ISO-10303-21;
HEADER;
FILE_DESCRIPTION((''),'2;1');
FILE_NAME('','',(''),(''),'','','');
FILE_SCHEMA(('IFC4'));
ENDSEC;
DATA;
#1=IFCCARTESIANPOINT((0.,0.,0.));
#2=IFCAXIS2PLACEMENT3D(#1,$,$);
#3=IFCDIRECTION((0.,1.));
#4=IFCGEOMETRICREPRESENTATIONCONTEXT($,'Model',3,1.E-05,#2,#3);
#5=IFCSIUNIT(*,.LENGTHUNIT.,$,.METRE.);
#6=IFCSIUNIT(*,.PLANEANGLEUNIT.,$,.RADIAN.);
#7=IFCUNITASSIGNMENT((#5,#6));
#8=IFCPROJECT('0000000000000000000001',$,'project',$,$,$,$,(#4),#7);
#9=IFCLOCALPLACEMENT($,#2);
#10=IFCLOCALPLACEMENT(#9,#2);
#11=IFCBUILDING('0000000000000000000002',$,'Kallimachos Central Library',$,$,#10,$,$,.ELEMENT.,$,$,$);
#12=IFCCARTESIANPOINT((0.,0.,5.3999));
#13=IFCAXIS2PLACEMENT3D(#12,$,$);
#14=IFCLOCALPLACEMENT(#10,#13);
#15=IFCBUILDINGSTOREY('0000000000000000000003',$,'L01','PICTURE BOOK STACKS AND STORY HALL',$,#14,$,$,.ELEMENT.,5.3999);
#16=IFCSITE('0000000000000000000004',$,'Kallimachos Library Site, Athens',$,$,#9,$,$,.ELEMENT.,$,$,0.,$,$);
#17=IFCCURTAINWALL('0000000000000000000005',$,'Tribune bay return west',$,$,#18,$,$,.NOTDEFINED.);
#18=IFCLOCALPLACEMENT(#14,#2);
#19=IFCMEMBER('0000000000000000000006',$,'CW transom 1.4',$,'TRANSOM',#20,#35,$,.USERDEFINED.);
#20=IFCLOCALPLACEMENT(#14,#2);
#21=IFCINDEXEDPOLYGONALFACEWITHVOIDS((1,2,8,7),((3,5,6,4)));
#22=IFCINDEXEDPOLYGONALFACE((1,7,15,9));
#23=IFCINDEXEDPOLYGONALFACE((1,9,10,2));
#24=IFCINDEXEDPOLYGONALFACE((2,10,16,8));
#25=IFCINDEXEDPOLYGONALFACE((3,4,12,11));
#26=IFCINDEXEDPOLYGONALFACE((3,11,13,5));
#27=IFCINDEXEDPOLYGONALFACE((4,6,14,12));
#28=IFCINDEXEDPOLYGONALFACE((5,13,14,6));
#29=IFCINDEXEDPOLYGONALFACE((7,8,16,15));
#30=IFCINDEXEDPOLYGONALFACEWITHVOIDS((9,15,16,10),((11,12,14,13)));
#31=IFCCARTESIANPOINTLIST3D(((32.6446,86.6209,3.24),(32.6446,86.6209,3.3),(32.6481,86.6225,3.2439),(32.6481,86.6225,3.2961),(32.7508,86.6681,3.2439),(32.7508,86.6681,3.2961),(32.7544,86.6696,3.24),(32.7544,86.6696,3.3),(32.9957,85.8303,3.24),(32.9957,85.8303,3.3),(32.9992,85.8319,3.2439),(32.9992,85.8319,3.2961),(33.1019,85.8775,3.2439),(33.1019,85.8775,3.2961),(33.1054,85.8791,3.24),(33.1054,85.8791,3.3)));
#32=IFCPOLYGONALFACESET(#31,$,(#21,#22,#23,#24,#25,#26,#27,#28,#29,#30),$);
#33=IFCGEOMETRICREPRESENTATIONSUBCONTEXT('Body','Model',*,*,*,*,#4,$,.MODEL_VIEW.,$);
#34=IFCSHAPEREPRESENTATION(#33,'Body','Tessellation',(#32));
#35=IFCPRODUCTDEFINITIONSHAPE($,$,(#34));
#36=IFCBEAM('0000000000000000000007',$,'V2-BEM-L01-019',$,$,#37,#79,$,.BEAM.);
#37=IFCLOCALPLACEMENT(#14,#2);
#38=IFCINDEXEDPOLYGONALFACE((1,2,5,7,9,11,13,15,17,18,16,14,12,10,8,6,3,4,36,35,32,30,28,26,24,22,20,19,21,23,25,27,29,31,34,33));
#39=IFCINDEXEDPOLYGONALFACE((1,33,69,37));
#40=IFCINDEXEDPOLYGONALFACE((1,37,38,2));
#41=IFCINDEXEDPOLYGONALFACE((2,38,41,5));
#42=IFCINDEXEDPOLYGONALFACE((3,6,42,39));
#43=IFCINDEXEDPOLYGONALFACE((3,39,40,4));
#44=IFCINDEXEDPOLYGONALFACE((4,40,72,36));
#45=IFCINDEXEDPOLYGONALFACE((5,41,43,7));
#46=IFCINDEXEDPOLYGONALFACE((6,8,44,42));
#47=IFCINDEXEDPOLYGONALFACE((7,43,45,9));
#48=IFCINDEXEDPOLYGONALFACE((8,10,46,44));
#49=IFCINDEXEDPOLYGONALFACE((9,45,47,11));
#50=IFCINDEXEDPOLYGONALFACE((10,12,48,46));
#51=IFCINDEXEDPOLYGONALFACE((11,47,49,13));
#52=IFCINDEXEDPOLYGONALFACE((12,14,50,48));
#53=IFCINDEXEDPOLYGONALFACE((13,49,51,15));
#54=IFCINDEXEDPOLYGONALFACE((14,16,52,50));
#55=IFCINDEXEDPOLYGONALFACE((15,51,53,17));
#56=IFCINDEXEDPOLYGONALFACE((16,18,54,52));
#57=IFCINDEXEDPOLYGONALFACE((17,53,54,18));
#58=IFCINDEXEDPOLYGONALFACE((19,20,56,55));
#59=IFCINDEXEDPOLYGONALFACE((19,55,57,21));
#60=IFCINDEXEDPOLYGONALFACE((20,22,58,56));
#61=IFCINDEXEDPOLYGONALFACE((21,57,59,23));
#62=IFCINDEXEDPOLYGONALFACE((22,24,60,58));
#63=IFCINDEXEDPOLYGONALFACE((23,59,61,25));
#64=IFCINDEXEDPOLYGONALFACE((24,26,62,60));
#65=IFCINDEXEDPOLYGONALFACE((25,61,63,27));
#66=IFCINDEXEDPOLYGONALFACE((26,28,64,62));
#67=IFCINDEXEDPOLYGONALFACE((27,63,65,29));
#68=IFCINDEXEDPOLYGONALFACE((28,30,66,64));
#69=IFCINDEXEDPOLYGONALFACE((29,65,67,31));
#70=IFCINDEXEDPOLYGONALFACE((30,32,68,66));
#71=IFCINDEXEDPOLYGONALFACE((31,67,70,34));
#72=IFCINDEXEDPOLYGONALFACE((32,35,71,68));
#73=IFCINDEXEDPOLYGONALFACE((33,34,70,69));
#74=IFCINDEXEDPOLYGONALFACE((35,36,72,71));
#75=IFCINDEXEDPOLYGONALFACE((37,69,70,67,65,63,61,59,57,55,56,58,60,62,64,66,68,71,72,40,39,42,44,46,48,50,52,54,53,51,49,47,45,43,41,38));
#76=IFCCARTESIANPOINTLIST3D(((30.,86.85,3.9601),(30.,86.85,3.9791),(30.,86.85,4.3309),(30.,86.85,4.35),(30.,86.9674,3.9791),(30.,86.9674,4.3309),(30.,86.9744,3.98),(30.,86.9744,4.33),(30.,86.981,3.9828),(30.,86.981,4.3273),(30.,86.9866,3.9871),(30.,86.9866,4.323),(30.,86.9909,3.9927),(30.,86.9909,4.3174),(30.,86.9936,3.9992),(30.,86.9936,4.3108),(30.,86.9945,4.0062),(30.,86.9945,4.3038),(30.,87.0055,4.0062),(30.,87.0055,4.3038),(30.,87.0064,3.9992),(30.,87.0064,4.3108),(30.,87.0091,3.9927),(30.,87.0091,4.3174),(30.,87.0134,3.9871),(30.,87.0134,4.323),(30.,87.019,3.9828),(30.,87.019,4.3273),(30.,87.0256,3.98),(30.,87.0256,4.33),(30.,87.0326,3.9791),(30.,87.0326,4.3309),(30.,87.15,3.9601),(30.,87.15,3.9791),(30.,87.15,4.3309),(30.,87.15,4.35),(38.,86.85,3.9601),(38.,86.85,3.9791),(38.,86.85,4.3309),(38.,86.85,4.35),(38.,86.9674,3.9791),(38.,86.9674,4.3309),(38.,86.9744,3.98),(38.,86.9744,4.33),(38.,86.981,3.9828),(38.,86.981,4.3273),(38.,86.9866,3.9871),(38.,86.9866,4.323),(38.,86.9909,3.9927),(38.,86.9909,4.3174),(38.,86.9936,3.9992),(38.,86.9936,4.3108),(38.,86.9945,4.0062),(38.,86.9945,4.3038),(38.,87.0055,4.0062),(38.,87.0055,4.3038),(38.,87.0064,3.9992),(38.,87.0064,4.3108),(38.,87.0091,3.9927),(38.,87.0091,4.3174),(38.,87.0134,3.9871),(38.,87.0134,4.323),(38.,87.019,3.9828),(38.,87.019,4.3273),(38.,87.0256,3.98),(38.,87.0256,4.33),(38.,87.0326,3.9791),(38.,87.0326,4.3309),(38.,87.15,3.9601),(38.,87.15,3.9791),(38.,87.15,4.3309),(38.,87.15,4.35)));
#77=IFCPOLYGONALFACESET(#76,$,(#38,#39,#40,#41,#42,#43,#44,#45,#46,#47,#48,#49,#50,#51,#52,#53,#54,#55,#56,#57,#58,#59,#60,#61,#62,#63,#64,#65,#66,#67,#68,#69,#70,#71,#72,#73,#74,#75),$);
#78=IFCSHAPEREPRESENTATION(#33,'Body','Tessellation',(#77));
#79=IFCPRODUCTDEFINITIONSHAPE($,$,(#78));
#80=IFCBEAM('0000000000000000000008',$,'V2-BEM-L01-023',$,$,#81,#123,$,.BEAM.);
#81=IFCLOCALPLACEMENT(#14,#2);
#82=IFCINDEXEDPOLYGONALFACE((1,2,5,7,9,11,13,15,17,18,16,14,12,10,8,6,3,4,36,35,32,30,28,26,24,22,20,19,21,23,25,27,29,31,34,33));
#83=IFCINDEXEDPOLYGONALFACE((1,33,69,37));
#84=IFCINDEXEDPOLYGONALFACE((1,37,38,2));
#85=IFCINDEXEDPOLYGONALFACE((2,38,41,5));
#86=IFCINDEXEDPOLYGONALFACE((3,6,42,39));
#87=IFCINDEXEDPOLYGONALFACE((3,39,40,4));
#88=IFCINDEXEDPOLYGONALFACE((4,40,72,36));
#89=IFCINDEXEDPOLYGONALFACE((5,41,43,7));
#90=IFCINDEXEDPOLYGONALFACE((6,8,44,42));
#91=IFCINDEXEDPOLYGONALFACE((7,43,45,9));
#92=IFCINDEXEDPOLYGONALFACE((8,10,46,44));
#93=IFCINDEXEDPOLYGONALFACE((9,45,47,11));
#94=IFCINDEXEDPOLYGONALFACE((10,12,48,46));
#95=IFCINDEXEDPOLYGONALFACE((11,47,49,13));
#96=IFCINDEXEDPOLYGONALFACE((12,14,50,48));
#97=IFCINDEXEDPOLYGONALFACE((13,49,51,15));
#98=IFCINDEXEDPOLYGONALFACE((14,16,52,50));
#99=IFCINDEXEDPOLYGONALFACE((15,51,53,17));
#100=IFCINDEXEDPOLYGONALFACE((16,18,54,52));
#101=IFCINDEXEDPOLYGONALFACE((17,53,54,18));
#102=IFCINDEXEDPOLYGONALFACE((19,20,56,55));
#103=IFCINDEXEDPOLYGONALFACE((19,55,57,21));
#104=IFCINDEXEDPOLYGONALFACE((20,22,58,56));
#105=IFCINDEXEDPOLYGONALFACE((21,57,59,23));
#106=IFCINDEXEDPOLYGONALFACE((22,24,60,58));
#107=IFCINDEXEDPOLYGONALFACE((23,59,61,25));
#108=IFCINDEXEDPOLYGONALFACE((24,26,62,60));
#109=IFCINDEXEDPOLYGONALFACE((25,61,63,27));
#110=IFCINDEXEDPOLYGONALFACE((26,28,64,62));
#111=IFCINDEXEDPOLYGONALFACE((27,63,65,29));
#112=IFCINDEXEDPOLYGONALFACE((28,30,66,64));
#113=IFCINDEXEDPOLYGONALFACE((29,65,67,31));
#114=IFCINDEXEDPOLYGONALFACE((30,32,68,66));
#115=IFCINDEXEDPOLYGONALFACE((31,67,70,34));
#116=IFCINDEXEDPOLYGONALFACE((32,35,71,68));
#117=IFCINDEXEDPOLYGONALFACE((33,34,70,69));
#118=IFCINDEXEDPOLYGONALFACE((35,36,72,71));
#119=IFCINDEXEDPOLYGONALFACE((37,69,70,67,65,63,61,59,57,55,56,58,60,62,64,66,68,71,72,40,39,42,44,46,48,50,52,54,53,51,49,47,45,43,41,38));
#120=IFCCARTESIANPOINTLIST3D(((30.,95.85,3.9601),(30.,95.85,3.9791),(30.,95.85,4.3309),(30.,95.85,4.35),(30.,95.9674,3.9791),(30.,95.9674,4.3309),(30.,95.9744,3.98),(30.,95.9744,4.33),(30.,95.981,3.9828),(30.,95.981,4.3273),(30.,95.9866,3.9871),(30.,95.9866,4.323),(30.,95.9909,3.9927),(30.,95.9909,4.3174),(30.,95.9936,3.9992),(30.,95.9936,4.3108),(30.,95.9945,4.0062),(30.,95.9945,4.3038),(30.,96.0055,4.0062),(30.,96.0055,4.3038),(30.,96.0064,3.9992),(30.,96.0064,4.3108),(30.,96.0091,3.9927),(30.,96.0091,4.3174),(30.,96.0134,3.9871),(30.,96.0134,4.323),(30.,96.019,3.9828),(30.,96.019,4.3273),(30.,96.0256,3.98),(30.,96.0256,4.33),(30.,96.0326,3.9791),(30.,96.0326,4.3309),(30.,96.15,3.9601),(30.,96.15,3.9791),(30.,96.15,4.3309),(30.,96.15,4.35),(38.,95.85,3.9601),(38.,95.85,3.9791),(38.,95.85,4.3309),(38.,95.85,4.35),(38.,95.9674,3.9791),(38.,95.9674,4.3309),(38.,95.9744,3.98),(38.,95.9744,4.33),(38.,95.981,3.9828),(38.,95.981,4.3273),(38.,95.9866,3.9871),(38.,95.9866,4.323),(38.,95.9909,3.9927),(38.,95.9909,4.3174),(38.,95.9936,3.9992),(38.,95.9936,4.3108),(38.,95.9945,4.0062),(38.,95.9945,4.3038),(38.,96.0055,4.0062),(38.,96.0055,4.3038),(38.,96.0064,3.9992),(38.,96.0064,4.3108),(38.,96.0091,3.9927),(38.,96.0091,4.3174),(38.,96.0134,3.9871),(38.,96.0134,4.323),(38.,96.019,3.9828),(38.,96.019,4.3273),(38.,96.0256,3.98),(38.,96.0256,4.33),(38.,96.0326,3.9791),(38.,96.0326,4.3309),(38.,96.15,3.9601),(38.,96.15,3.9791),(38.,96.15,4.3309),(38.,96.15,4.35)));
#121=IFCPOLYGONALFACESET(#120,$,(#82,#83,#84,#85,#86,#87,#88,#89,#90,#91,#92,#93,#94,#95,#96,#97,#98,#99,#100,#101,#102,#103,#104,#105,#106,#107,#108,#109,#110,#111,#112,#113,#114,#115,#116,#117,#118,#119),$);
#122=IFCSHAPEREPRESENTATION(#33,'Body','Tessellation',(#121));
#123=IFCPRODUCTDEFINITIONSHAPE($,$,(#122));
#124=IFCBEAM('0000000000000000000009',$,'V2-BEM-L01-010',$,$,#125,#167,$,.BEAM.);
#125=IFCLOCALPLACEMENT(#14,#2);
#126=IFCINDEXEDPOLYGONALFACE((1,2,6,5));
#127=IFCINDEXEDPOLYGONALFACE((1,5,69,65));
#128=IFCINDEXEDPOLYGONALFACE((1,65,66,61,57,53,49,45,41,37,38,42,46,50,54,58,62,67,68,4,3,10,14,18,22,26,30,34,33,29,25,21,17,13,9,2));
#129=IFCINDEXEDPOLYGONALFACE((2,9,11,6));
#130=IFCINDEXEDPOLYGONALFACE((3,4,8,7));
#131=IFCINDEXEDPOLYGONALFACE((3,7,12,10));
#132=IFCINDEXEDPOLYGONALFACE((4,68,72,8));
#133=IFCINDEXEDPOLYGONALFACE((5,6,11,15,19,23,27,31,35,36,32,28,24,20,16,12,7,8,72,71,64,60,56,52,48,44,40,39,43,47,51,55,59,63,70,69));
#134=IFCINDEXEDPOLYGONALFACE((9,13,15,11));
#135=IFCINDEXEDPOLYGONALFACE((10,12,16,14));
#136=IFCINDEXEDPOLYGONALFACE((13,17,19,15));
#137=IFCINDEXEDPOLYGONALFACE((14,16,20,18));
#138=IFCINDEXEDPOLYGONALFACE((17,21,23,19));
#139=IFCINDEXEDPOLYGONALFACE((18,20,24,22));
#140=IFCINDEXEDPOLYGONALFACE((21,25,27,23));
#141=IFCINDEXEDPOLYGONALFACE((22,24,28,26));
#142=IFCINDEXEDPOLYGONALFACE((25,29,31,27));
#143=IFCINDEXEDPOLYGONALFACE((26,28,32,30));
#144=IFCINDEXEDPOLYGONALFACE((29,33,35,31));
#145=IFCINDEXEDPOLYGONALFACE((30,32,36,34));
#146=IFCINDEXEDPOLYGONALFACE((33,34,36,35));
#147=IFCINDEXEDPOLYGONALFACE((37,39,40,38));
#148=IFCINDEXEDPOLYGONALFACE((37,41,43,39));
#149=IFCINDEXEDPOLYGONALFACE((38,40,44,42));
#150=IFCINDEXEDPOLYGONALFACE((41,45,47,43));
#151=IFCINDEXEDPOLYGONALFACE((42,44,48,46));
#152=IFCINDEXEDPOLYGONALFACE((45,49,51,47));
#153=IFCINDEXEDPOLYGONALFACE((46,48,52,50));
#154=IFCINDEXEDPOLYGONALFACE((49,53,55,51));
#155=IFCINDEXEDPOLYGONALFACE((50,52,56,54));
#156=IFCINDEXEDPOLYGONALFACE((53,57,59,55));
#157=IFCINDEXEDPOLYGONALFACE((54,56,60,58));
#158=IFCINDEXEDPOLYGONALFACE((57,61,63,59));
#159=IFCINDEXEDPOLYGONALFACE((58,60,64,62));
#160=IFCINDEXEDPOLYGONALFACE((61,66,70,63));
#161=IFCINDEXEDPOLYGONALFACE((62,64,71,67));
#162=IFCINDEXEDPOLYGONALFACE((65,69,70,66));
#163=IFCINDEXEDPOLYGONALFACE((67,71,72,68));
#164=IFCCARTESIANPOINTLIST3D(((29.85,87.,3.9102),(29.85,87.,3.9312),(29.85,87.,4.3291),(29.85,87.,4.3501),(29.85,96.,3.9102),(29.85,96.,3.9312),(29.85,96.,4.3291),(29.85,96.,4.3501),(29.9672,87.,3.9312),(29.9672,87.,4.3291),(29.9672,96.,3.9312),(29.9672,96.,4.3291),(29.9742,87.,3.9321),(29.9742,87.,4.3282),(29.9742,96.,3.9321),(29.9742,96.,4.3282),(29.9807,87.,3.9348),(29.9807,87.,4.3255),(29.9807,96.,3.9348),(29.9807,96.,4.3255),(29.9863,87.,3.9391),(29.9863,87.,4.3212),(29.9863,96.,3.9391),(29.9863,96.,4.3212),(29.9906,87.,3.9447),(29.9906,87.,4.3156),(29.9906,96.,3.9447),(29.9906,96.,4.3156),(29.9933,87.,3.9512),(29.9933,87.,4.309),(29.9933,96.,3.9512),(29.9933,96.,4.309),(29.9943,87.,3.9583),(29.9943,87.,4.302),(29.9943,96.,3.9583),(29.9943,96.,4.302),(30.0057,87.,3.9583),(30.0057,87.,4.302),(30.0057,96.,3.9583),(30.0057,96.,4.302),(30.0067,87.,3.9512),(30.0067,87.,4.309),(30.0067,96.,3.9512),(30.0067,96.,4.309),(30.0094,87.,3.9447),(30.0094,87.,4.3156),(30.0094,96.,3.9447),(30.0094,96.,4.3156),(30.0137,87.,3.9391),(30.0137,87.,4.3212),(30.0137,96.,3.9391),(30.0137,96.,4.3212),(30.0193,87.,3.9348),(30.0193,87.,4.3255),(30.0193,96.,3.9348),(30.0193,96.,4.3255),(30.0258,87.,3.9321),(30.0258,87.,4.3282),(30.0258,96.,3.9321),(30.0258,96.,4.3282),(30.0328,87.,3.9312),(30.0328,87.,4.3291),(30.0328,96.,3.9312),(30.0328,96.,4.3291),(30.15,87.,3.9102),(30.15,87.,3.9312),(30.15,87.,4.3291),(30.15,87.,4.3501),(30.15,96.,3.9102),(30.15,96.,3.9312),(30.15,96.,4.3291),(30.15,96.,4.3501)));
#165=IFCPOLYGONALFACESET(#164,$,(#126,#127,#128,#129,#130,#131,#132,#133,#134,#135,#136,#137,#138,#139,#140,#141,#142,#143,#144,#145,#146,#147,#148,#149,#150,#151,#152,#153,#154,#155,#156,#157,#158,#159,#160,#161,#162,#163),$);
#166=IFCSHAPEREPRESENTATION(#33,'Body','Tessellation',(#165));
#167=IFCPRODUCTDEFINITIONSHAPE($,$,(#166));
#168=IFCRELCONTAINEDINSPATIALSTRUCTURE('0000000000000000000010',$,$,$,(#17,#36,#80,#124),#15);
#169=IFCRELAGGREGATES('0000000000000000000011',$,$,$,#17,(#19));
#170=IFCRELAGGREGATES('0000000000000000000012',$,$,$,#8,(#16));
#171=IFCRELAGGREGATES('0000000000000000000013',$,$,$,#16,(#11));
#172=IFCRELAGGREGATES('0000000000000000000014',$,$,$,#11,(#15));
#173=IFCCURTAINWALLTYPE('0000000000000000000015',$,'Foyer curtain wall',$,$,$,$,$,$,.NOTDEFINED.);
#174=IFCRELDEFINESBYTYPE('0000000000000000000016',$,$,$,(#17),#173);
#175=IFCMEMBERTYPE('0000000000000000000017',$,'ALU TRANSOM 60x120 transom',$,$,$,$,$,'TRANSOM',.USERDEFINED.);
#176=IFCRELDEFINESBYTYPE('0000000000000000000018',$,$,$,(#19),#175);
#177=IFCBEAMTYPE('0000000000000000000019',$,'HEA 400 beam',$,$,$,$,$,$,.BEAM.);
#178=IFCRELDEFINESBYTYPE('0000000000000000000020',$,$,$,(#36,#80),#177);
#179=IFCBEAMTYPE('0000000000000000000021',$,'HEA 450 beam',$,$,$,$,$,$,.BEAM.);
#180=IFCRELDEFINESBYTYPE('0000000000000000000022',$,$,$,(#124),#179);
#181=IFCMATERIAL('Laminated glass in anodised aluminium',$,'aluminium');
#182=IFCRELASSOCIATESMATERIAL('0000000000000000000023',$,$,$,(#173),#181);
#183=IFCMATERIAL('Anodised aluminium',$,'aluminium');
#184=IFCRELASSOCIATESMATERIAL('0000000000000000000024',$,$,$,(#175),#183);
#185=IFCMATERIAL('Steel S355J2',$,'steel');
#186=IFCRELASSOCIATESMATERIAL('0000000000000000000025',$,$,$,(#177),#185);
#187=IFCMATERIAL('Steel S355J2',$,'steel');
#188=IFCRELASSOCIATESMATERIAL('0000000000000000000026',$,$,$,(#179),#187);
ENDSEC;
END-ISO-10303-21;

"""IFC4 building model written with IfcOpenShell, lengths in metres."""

from ifc_helpers import new_model, si_unit, direction, frame, origin, origin_2d, place, context, subcontext, project, spatial, hollow_rectangle, i_section, extrude, material, material_profile, profile_set, type_object, element, aggregate, save


model = new_model("IFC4")

# Units and contexts
model_context = context("Model", 3, precision=1e-05, world=origin(), true_north=direction((0.0, 1.0)))
body_context = subcontext(model_context, "Body", "Model", "MODEL_VIEW")
ifc_project = project(units=[si_unit("LENGTHUNIT", "METRE"), si_unit("PLANEANGLEUNIT", "RADIAN")], contexts=[model_context])

# Site, building, storey
site_placement = place(None, origin())
site = spatial("IfcSite", under=ifc_project, at=site_placement, Name="Kallimachos Library Site, Athens", CompositionType="ELEMENT", RefElevation=0.0)
building_placement = place(site_placement, origin())
building = spatial("IfcBuilding", under=site, at=building_placement, Name="Kallimachos Central Library", CompositionType="ELEMENT")
storey_placement = place(building_placement, frame((0.0, 0.0, 5.3999)))
storey = spatial("IfcBuildingStorey", under=building, at=storey_placement, Name="L01", Description="PICTURE BOOK STACKS AND STORY HALL", CompositionType="ELEMENT", Elevation=5.3999)

# Shared definitions
ifc_material_1 = material(Name="Laminated glass in anodised aluminium", Category="aluminium")
curtain_wall_type = type_object("IfcCurtainWallType", Name="Foyer curtain wall", PredefinedType="NOTDEFINED", material=ifc_material_1)

# Curtain wall, member
curtain_wall_1_placement = place(storey_placement, origin())
curtain_wall_1 = element("IfcCurtainWall", 1, at=curtain_wall_1_placement, inside=storey, type_object=curtain_wall_type, Name="Tribune bay return west", PredefinedType="NOTDEFINED")
ifc_material_2 = material(Name="Anodised aluminium", Category="aluminium")
ifc_material_profile_1 = material_profile(ifc_material_2, hollow_rectangle(XDim=0.0601, YDim=0.1201, WallThickness=0.0039, at=origin_2d()), Name="ALU TRANSOM 60x120")
ifc_profile_set_1 = profile_set([ifc_material_profile_1], Name="Anodised aluminium")
member_type_1 = type_object("IfcMemberType", Name="ALU TRANSOM 60x120 transom", ElementType="TRANSOM", PredefinedType="USERDEFINED", material=ifc_profile_set_1)
member_1_placement = place(storey_placement, frame((32.6995, 86.6453, 3.27), z_axis=(0.405877, -0.913928, 0.0), x_axis=(0.0, 0.0, 1.0)))
member_1 = element("IfcMember", 2, at=member_1_placement, type_object=member_type_1, Name="CW transom 1.4", ObjectType="TRANSOM", PredefinedType="USERDEFINED", context=body_context, shape_type="SweptSolid", body=[
    extrude(hollow_rectangle(XDim=0.0601, YDim=0.1201, WallThickness=0.0039, at=origin_2d()), origin(), (0.0, 0.0, 1.0), 0.865),
])

# Beams
ifc_material_3 = material(Name="Steel S355J2", Category="steel")
ifc_material_profile_2 = material_profile(ifc_material_3, i_section(OverallWidth=0.3, OverallDepth=0.3899, WebThickness=0.011, FlangeThickness=0.019, FilletRadius=0.0271, at=origin_2d()), Name="HEA 400")
ifc_profile_set_2 = profile_set([ifc_material_profile_2], Name="Steel S355J2")
beam_type_1 = type_object("IfcBeamType", Name="HEA 400 beam", PredefinedType="BEAM", material=ifc_profile_set_2)
for number, where, z_axis, x_axis, name in (
    (3, (30.0, 87.0, 4.155), (1.0, 0.0, 0.0), (0.0, 1.0, 0.0), "V2-BEM-L01-019"),
    (4, (30.0, 96.0, 4.155), (1.0, 0.0, 0.0), (0.0, 1.0, 0.0), "V2-BEM-L01-023"),
):
    element("IfcBeam", number, at=place(storey_placement, frame(where, z_axis=z_axis, x_axis=x_axis)), inside=storey, type_object=beam_type_1, Name=name, PredefinedType="BEAM", context=body_context, shape_type="SweptSolid", body=[
        extrude(i_section(OverallWidth=0.3, OverallDepth=0.3899, WebThickness=0.011, FlangeThickness=0.019, FilletRadius=0.0271, at=origin_2d()), origin(), (0.0, 0.0, 1.0), 8.0),
    ])
ifc_material_4 = material(Name="Steel S355J2", Category="steel")
ifc_material_profile_3 = material_profile(ifc_material_4, i_section(OverallWidth=0.3, OverallDepth=0.4399, WebThickness=0.0115, FlangeThickness=0.021, FilletRadius=0.0271, at=origin_2d()), Name="HEA 450")
ifc_profile_set_3 = profile_set([ifc_material_profile_3], Name="Steel S355J2")
beam_type_2 = type_object("IfcBeamType", Name="HEA 450 beam", PredefinedType="BEAM", material=ifc_profile_set_3)
for number, where, z_axis, x_axis, name in (
    (5, (30.0, 87.0, 4.1301), (0.0, 1.0, 0.0), (-1.0, 0.0, 0.0), "V2-BEM-L01-010"),
):
    element("IfcBeam", number, at=place(storey_placement, frame(where, z_axis=z_axis, x_axis=x_axis)), inside=storey, type_object=beam_type_2, Name=name, PredefinedType="BEAM", context=body_context, shape_type="SweptSolid", body=[
        extrude(i_section(OverallWidth=0.3, OverallDepth=0.4399, WebThickness=0.0115, FlangeThickness=0.021, FilletRadius=0.0271, at=origin_2d()), origin(), (0.0, 0.0, 1.0), 9.0),
    ])

aggregate(curtain_wall_1, [member_1])

save(model, "model.ifc")
